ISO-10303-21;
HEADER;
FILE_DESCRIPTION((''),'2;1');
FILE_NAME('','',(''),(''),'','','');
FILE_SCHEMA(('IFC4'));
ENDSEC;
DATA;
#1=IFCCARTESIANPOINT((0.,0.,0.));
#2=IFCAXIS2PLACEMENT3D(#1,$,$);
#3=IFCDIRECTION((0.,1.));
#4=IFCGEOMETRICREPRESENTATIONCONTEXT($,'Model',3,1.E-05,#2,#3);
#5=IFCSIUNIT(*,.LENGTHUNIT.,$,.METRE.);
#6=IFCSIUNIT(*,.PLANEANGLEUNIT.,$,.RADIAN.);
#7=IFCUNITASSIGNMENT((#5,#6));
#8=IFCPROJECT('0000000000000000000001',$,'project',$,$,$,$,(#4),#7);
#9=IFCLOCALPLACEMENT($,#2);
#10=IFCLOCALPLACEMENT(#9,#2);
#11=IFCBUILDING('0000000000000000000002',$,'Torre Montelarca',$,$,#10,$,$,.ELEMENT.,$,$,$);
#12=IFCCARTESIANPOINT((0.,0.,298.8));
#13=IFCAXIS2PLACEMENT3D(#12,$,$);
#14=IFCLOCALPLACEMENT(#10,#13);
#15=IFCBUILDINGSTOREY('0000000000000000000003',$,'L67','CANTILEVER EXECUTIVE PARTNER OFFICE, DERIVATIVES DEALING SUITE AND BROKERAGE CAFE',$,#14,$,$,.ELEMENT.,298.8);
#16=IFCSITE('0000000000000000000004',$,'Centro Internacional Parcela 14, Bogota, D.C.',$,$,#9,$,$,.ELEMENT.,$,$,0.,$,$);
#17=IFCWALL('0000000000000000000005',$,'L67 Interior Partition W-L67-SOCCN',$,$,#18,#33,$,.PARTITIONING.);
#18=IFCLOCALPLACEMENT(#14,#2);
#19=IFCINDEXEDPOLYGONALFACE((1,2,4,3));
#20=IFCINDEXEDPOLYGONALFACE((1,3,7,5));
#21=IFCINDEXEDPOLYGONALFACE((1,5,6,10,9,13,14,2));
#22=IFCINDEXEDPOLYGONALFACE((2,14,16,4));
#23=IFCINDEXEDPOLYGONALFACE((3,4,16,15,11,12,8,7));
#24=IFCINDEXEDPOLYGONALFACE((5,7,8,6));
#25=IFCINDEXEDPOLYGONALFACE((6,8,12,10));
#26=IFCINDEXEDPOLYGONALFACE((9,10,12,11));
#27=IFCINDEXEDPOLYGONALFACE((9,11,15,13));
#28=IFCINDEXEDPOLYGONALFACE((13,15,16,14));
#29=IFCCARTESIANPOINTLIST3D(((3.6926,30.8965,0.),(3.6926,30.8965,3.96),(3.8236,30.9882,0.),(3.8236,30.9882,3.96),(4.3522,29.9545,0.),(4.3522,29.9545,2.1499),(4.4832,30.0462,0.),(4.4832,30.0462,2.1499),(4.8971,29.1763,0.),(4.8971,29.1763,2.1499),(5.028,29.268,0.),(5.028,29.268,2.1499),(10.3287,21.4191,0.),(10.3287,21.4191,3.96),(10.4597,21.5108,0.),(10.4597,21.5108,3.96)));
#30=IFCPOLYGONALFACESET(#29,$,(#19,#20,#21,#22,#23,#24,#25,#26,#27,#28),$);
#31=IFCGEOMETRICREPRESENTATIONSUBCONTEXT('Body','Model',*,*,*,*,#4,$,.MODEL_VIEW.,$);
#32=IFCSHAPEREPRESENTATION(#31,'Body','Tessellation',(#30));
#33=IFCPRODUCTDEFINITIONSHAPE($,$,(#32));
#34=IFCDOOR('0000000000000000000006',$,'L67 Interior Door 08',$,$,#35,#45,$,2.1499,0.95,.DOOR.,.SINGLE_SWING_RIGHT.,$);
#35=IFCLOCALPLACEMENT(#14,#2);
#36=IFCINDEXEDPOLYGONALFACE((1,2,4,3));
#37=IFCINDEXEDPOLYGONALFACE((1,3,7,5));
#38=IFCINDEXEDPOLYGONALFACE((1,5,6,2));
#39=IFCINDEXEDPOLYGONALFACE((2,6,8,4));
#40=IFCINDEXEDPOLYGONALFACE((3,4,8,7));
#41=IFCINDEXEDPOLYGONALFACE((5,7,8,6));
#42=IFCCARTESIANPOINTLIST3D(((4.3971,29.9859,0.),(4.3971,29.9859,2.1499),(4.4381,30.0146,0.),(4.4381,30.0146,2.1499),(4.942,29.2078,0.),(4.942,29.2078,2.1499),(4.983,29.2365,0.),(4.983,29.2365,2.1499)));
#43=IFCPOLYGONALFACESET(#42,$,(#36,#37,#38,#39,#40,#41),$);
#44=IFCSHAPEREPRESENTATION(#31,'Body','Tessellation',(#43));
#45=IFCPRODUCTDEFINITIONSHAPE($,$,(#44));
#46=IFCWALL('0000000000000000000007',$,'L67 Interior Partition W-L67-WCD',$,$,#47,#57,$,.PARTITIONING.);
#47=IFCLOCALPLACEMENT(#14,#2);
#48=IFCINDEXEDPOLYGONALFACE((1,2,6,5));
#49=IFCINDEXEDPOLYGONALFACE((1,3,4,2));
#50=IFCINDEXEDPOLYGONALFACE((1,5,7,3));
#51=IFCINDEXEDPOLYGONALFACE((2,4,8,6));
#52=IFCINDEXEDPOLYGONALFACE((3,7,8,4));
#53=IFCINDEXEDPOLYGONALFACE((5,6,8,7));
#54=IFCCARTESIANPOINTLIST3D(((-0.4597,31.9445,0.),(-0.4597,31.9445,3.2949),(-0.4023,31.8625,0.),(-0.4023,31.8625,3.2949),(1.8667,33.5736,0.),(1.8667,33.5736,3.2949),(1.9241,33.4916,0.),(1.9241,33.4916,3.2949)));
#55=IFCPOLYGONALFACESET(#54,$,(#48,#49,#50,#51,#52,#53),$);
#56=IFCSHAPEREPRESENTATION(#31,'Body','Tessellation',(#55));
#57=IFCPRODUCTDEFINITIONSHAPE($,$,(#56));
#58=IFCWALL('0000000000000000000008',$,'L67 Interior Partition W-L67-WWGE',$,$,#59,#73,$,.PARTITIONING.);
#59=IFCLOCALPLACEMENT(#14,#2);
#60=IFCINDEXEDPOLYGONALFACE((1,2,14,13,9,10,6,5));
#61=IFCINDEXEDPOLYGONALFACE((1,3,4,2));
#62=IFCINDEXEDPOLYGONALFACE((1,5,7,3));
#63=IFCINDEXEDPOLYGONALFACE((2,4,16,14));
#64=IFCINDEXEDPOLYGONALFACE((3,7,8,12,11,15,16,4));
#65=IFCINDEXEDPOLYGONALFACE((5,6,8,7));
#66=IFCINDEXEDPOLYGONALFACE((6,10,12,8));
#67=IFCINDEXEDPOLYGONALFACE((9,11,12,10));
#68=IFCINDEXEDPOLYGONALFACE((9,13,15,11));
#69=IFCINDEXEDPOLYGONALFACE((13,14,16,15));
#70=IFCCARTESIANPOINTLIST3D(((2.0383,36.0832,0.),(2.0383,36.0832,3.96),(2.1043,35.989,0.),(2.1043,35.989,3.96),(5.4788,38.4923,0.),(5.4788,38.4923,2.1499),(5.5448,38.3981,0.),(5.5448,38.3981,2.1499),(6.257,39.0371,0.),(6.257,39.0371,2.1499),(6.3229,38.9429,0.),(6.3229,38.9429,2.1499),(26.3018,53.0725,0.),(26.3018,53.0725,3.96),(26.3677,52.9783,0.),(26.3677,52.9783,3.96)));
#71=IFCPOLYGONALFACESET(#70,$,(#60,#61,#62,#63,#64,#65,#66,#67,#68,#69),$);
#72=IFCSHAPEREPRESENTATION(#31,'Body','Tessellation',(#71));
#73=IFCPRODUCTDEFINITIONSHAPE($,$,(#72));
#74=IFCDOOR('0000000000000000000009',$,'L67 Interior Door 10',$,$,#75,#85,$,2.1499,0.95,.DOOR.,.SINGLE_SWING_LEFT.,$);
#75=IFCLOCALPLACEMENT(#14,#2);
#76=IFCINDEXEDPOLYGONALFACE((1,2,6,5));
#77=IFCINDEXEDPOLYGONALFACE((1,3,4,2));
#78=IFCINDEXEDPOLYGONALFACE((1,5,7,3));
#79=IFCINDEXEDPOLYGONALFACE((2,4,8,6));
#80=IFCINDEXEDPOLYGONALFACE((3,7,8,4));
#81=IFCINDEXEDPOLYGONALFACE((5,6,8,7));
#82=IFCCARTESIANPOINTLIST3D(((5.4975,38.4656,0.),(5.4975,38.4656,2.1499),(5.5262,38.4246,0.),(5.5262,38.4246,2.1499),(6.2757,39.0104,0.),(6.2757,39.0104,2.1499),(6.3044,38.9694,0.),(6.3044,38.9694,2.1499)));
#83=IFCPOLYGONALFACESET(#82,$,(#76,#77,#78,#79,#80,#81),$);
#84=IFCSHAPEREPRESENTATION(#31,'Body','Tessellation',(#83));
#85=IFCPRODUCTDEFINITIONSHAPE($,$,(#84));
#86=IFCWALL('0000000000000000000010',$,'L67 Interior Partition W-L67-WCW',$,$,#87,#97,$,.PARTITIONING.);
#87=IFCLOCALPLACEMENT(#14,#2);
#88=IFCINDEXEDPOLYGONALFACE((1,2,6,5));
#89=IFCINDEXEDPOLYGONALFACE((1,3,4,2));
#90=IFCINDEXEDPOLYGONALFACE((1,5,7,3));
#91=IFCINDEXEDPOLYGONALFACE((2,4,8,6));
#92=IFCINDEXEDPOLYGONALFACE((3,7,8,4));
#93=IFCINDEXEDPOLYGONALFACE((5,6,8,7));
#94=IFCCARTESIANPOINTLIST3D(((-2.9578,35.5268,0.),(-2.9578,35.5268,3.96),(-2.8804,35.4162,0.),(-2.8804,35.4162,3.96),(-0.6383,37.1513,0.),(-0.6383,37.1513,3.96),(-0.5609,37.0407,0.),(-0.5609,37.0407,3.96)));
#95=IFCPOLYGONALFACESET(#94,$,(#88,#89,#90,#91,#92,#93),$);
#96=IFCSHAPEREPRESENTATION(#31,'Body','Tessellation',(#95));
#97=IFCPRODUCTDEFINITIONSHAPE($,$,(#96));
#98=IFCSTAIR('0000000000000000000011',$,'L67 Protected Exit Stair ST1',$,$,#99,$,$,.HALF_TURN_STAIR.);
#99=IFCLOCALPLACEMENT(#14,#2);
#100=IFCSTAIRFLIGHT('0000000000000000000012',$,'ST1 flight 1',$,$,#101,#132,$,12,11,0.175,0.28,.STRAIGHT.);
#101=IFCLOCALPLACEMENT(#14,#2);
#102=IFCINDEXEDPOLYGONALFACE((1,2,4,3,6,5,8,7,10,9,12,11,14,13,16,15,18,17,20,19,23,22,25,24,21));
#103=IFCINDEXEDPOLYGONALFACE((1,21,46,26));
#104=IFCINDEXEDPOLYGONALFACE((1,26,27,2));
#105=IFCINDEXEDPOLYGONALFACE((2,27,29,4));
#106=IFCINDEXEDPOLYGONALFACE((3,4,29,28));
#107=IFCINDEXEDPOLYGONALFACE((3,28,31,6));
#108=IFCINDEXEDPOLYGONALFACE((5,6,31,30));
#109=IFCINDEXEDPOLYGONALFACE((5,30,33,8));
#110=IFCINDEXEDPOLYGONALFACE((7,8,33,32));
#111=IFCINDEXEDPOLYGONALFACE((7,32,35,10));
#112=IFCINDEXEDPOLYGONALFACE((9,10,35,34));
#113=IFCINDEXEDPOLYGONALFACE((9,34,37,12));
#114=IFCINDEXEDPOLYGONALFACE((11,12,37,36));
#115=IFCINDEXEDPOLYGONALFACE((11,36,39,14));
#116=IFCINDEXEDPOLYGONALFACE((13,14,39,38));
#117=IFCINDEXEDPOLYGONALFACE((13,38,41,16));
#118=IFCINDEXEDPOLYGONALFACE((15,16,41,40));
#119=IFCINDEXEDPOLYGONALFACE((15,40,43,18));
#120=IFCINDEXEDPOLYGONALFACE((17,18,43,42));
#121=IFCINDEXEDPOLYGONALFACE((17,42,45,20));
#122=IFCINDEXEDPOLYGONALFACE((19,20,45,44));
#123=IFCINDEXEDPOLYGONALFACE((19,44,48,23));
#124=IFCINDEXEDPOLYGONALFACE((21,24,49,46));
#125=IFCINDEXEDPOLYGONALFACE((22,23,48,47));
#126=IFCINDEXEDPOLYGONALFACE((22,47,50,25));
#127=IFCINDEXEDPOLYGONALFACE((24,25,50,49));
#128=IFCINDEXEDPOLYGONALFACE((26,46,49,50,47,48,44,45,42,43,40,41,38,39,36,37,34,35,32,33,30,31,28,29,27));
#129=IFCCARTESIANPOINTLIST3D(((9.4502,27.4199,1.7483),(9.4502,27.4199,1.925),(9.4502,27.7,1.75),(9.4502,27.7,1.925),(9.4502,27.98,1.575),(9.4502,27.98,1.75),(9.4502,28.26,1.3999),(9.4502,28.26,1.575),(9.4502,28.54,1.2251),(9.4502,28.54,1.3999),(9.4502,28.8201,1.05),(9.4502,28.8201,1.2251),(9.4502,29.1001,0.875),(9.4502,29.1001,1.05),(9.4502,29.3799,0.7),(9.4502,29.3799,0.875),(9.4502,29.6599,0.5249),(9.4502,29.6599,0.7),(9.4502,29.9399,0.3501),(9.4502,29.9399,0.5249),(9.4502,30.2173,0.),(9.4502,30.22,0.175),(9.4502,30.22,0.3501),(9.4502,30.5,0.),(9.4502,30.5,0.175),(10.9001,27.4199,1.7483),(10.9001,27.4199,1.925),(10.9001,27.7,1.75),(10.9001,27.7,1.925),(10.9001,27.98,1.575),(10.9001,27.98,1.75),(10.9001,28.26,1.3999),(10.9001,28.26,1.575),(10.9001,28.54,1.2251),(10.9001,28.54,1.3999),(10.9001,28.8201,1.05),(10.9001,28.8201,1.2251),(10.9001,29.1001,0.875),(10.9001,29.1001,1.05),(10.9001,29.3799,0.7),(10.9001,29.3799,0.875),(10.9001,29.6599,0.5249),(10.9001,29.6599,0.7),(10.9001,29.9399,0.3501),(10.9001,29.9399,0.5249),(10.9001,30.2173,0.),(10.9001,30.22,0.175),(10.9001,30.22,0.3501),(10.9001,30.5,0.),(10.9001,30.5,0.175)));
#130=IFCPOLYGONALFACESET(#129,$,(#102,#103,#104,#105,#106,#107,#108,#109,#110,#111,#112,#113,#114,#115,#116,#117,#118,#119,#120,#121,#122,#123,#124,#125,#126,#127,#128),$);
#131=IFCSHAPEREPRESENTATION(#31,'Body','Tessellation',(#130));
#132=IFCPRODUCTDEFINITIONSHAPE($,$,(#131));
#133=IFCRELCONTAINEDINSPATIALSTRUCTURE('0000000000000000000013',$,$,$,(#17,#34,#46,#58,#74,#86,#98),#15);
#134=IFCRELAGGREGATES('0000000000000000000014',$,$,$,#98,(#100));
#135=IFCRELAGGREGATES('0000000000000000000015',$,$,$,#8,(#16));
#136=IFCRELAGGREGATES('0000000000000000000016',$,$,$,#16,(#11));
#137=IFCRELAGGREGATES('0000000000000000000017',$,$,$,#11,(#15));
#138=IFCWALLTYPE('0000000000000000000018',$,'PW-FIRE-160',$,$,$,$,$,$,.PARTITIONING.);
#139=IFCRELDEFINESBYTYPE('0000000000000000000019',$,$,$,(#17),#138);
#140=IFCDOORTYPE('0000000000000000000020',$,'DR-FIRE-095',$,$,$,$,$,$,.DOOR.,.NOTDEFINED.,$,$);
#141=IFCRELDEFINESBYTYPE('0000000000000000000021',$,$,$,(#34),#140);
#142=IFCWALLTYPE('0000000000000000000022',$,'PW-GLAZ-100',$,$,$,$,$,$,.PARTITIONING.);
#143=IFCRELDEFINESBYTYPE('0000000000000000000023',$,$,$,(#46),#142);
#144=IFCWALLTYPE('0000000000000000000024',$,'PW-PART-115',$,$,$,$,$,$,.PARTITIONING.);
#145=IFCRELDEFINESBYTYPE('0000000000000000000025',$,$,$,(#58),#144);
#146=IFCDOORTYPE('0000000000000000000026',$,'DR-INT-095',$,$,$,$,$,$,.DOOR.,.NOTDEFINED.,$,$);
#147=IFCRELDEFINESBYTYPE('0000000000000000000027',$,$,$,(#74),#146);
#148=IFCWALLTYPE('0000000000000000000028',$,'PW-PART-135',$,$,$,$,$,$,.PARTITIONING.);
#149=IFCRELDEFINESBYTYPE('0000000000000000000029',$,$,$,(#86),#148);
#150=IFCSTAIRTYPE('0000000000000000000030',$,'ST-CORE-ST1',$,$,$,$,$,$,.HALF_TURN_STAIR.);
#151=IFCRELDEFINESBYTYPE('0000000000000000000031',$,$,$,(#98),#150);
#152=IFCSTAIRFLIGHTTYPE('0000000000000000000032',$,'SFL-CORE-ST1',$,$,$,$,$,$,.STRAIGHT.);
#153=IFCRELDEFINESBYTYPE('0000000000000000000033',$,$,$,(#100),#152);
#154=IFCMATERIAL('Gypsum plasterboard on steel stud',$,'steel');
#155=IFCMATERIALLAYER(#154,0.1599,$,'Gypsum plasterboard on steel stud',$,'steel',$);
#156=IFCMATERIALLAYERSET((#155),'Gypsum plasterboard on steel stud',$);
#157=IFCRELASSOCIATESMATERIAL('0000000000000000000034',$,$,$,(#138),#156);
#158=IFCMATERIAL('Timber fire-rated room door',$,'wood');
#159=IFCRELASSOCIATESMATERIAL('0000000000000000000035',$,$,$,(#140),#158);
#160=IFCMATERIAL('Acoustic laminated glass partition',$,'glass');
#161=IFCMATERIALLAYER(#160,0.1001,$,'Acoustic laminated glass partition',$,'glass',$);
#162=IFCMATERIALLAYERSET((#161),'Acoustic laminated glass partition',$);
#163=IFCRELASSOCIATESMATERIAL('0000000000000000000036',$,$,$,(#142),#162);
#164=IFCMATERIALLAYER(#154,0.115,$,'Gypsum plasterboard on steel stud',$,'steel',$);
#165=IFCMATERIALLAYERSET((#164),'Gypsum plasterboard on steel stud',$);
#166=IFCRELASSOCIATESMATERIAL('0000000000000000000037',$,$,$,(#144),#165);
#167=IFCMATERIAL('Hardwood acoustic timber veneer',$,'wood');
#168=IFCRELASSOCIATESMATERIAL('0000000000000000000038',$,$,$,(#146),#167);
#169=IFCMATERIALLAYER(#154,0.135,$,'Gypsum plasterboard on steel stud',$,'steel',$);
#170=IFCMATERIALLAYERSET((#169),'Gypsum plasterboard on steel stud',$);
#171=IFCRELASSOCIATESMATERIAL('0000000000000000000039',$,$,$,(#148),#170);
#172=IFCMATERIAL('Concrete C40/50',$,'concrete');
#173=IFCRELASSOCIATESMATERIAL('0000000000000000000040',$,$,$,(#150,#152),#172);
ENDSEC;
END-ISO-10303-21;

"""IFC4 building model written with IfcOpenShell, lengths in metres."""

from ifc_helpers import new_model, si_unit, direction, frame, frame_2d, origin, place, context, subcontext, project, spatial, polyline, rectangle, outline, extrude, source, transform, mapped, material, layer, layer_set, type_object, element, fill, aggregate, save


model = new_model("IFC4")

# Units and contexts
model_context = context("Model", 3, precision=1e-05, world=origin(), true_north=direction((0.0, 1.0)))
body_context = subcontext(model_context, "Body", "Model", "MODEL_VIEW")
ifc_project = project(units=[si_unit("LENGTHUNIT", "METRE"), si_unit("PLANEANGLEUNIT", "RADIAN")], contexts=[model_context])

# Site, building, storey
site_placement = place(None, origin())
site = spatial("IfcSite", under=ifc_project, at=site_placement, Name="Centro Internacional Parcela 14, Bogota, D.C.", CompositionType="ELEMENT", RefElevation=0.0)
building_placement = place(site_placement, origin())
building = spatial("IfcBuilding", under=site, at=building_placement, Name="Torre Montelarca", CompositionType="ELEMENT")
storey_placement = place(building_placement, frame((0.0, 0.0, 298.8)))
storey = spatial("IfcBuildingStorey", under=building, at=storey_placement, Name="L67", Description="CANTILEVER EXECUTIVE PARTNER OFFICE, DERIVATIVES DEALING SUITE AND BROKERAGE CAFE", CompositionType="ELEMENT", Elevation=298.8)

# Shared definitions
ifc_material_1 = material(Name="Concrete C40/50", Category="concrete")

# Shared definitions
ifc_material_2 = material(Name="Gypsum plasterboard on steel stud", Category="steel")
ifc_layer_1 = layer(ifc_material_2, 0.1599, Name="Gypsum plasterboard on steel stud", Category="steel")
ifc_layer_set_1 = layer_set([ifc_layer_1], Name="Gypsum plasterboard on steel stud")
wall_type_1 = type_object("IfcWallType", Name="PW-FIRE-160", PredefinedType="PARTITIONING", material=ifc_layer_set_1)

# Wall, opening, door
wall_1_placement = place(storey_placement, frame((3.7581, 30.9424, 0.0), z_axis=(0.0, 0.0, 1.0), x_axis=(0.573576, -0.819153, 0.0)))
wall_1 = element("IfcWall", 1, at=wall_1_placement, inside=storey, type_object=wall_type_1, Name="L67 Interior Partition W-L67-SOCCN", PredefinedType="PARTITIONING", context=body_context, shape_type="SweptSolid", body=[
    extrude(rectangle(XDim=11.5698, YDim=0.1599, at=frame_2d((5.7849, 0.0))), origin(), (0.0, 0.0, 1.0), 3.96),
])
opening_1_placement = place(wall_1_placement, frame((1.1499, 0.0, 0.0)))
opening_1 = element("IfcOpeningElement", 2, at=opening_1_placement, cuts=wall_1, PredefinedType="OPENING", context=body_context, shape_type="SweptSolid", body=[
    extrude(rectangle(XDim=0.95, YDim=2.1499, at=frame_2d((0.4751, 1.075))), frame((0.0, 0.0898, 0.0), z_axis=(0.0, -1.0, 0.0), x_axis=(1.0, 0.0, 0.0)), (0.0, 0.0, 1.0), 0.1799),
])
ifc_material_3 = material(Name="Timber fire-rated room door", Category="wood")
door_type_1 = type_object("IfcDoorType", Name="DR-FIRE-095", OperationType="NOTDEFINED", PredefinedType="DOOR", material=ifc_material_3)
shared_shape_1 = source(origin(), body_context, "Body", "SweptSolid", [
    extrude(rectangle(XDim=0.95, YDim=2.1499, at=frame_2d((0.4751, 1.075))), frame((0.0, 0.0249, 0.0), z_axis=(0.0, -1.0, 0.0), x_axis=(1.0, 0.0, 0.0)), (0.0, 0.0, 1.0), 0.05),
])
door_1_placement = place(opening_1_placement, origin())
door_1 = element("IfcDoor", 3, at=door_1_placement, inside=storey, type_object=door_type_1, Name="L67 Interior Door 08", OperationType="SINGLE_SWING_RIGHT", OverallHeight=2.1499, OverallWidth=0.95, PredefinedType="DOOR", context=body_context, shape_type="MappedRepresentation", body=[
    mapped(shared_shape_1, transform((0.0, 0.0, 0.0), scale=1.0)),
])
fill(opening_1, door_1)

# Wall
ifc_material_4 = material(Name="Acoustic laminated glass partition", Category="glass")
ifc_layer_2 = layer(ifc_material_4, 0.1001, Name="Acoustic laminated glass partition", Category="glass")
ifc_layer_set_2 = layer_set([ifc_layer_2], Name="Acoustic laminated glass partition")
wall_type_2 = type_object("IfcWallType", Name="PW-GLAZ-100", PredefinedType="PARTITIONING", material=ifc_layer_set_2)
wall_2_placement = place(storey_placement, frame((-0.4309, 31.9036, 0.0), z_axis=(0.0, 0.0, 1.0), x_axis=(0.819123, 0.573618, 0.0)))
element("IfcWall", 4, at=wall_2_placement, inside=storey, type_object=wall_type_2, Name="L67 Interior Partition W-L67-WCD", PredefinedType="PARTITIONING", context=body_context, shape_type="SweptSolid", body=[
    extrude(rectangle(XDim=2.8401, YDim=0.1001, at=frame_2d((1.4199, 0.0))), origin(), (0.0, 0.0, 1.0), 3.2949),
])

# Wall, opening, door
ifc_layer_3 = layer(ifc_material_2, 0.115, Name="Gypsum plasterboard on steel stud", Category="steel")
ifc_layer_set_3 = layer_set([ifc_layer_3], Name="Gypsum plasterboard on steel stud")
wall_type_3 = type_object("IfcWallType", Name="PW-PART-115", PredefinedType="PARTITIONING", material=ifc_layer_set_3)
wall_3_placement = place(storey_placement, frame((2.0713, 36.0361, 0.0), z_axis=(0.0, 0.0, 1.0), x_axis=(0.819155, 0.573572, 0.0)))
wall_3 = element("IfcWall", 5, at=wall_3_placement, inside=storey, type_object=wall_type_3, Name="L67 Interior Partition W-L67-WWGE", PredefinedType="PARTITIONING", context=body_context, shape_type="SweptSolid", body=[
    extrude(rectangle(XDim=29.6201, YDim=0.115, at=frame_2d((14.8101, 0.0))), origin(), (0.0, 0.0, 1.0), 3.96),
])
opening_2_placement = place(wall_3_placement, frame((4.2, 0.0, 0.0)))
opening_2 = element("IfcOpeningElement", 6, at=opening_2_placement, cuts=wall_3, PredefinedType="OPENING", context=body_context, shape_type="SweptSolid", body=[
    extrude(rectangle(XDim=0.95, YDim=2.1499, at=frame_2d((0.4751, 1.075))), frame((0.0, 0.0674, 0.0), z_axis=(0.0, -1.0, 0.0), x_axis=(1.0, 0.0, 0.0)), (0.0, 0.0, 1.0), 0.135),
])
ifc_material_5 = material(Name="Hardwood acoustic timber veneer", Category="wood")
door_type_2 = type_object("IfcDoorType", Name="DR-INT-095", OperationType="NOTDEFINED", PredefinedType="DOOR", material=ifc_material_5)
shared_shape_2 = source(origin(), body_context, "Body", "SweptSolid", [
    extrude(rectangle(XDim=0.95, YDim=2.1499, at=frame_2d((0.4751, 1.075))), frame((0.0, 0.0249, 0.0), z_axis=(0.0, -1.0, 0.0), x_axis=(1.0, 0.0, 0.0)), (0.0, 0.0, 1.0), 0.05),
])
door_2_placement = place(opening_2_placement, origin())
door_2 = element("IfcDoor", 7, at=door_2_placement, inside=storey, type_object=door_type_2, Name="L67 Interior Door 10", OperationType="SINGLE_SWING_LEFT", OverallHeight=2.1499, OverallWidth=0.95, PredefinedType="DOOR", context=body_context, shape_type="MappedRepresentation", body=[
    mapped(shared_shape_2, transform((0.0, 0.0, 0.0), scale=1.0)),
])
fill(opening_2, door_2)

# Wall
ifc_layer_4 = layer(ifc_material_2, 0.135, Name="Gypsum plasterboard on steel stud", Category="steel")
ifc_layer_set_4 = layer_set([ifc_layer_4], Name="Gypsum plasterboard on steel stud")
wall_type_4 = type_object("IfcWallType", Name="PW-PART-135", PredefinedType="PARTITIONING", material=ifc_layer_set_4)
wall_4_placement = place(storey_placement, frame((-2.9192, 35.4714, 0.0), z_axis=(0.0, 0.0, 1.0), x_axis=(0.819098, 0.573653, 0.0)))
element("IfcWall", 8, at=wall_4_placement, inside=storey, type_object=wall_type_4, Name="L67 Interior Partition W-L67-WCW", PredefinedType="PARTITIONING", context=body_context, shape_type="SweptSolid", body=[
    extrude(rectangle(XDim=2.8318, YDim=0.135, at=frame_2d((1.416, 0.0))), origin(), (0.0, 0.0, 1.0), 3.96),
])

# Stair, stair flight
stair_type = type_object("IfcStairType", Name="ST-CORE-ST1", PredefinedType="HALF_TURN_STAIR", material=ifc_material_1)
stair_placement = place(storey_placement, origin())
stair = element("IfcStair", 9, at=stair_placement, inside=storey, type_object=stair_type, Name="L67 Protected Exit Stair ST1", PredefinedType="HALF_TURN_STAIR")
stair_flight_type = type_object("IfcStairFlightType", Name="SFL-CORE-ST1", PredefinedType="STRAIGHT", material=ifc_material_1)
stair_flight_placement = place(storey_placement, frame((10.175, 30.5, 0.0), z_axis=(0.0, 0.0, 1.0), x_axis=(0.0, -1.0, 0.0)))
stair_flight = element("IfcStairFlight", 10, at=stair_flight_placement, type_object=stair_flight_type, Name="ST1 flight 1", NumberOfRisers=12, NumberOfTreads=11, PredefinedType="STRAIGHT", RiserHeight=0.175, TreadLength=0.28, context=body_context, shape_type="SweptSolid", body=[
    extrude(outline(polyline([(0.0, 0.0), (0.0, 0.175), (0.28, 0.175), (0.28, 0.3501), (0.5601, 0.3501), (0.5601, 0.5249), (0.8401, 0.5249), (0.8401, 0.7), (1.1201, 0.7), (1.1201, 0.875), (1.3999, 0.875), (1.3999, 1.05), (1.6799, 1.05), (1.6799, 1.2251), (1.96, 1.2251), (1.96, 1.3999), (2.24, 1.3999), (2.24, 1.575), (2.52, 1.575), (2.52, 1.75), (2.8, 1.75), (2.8, 1.925), (3.0801, 1.925), (3.0801, 2.1001), (3.0801, 1.7483), (0.2827, 0.0), (0.0, 0.0)])), frame((0.0, 0.7251, 0.0), z_axis=(0.0, -1.0, 0.0), x_axis=(1.0, 0.0, 0.0)), (0.0, 0.0, 1.0), 1.45),
])
aggregate(stair, [stair_flight])

save(model, "model.ifc")
